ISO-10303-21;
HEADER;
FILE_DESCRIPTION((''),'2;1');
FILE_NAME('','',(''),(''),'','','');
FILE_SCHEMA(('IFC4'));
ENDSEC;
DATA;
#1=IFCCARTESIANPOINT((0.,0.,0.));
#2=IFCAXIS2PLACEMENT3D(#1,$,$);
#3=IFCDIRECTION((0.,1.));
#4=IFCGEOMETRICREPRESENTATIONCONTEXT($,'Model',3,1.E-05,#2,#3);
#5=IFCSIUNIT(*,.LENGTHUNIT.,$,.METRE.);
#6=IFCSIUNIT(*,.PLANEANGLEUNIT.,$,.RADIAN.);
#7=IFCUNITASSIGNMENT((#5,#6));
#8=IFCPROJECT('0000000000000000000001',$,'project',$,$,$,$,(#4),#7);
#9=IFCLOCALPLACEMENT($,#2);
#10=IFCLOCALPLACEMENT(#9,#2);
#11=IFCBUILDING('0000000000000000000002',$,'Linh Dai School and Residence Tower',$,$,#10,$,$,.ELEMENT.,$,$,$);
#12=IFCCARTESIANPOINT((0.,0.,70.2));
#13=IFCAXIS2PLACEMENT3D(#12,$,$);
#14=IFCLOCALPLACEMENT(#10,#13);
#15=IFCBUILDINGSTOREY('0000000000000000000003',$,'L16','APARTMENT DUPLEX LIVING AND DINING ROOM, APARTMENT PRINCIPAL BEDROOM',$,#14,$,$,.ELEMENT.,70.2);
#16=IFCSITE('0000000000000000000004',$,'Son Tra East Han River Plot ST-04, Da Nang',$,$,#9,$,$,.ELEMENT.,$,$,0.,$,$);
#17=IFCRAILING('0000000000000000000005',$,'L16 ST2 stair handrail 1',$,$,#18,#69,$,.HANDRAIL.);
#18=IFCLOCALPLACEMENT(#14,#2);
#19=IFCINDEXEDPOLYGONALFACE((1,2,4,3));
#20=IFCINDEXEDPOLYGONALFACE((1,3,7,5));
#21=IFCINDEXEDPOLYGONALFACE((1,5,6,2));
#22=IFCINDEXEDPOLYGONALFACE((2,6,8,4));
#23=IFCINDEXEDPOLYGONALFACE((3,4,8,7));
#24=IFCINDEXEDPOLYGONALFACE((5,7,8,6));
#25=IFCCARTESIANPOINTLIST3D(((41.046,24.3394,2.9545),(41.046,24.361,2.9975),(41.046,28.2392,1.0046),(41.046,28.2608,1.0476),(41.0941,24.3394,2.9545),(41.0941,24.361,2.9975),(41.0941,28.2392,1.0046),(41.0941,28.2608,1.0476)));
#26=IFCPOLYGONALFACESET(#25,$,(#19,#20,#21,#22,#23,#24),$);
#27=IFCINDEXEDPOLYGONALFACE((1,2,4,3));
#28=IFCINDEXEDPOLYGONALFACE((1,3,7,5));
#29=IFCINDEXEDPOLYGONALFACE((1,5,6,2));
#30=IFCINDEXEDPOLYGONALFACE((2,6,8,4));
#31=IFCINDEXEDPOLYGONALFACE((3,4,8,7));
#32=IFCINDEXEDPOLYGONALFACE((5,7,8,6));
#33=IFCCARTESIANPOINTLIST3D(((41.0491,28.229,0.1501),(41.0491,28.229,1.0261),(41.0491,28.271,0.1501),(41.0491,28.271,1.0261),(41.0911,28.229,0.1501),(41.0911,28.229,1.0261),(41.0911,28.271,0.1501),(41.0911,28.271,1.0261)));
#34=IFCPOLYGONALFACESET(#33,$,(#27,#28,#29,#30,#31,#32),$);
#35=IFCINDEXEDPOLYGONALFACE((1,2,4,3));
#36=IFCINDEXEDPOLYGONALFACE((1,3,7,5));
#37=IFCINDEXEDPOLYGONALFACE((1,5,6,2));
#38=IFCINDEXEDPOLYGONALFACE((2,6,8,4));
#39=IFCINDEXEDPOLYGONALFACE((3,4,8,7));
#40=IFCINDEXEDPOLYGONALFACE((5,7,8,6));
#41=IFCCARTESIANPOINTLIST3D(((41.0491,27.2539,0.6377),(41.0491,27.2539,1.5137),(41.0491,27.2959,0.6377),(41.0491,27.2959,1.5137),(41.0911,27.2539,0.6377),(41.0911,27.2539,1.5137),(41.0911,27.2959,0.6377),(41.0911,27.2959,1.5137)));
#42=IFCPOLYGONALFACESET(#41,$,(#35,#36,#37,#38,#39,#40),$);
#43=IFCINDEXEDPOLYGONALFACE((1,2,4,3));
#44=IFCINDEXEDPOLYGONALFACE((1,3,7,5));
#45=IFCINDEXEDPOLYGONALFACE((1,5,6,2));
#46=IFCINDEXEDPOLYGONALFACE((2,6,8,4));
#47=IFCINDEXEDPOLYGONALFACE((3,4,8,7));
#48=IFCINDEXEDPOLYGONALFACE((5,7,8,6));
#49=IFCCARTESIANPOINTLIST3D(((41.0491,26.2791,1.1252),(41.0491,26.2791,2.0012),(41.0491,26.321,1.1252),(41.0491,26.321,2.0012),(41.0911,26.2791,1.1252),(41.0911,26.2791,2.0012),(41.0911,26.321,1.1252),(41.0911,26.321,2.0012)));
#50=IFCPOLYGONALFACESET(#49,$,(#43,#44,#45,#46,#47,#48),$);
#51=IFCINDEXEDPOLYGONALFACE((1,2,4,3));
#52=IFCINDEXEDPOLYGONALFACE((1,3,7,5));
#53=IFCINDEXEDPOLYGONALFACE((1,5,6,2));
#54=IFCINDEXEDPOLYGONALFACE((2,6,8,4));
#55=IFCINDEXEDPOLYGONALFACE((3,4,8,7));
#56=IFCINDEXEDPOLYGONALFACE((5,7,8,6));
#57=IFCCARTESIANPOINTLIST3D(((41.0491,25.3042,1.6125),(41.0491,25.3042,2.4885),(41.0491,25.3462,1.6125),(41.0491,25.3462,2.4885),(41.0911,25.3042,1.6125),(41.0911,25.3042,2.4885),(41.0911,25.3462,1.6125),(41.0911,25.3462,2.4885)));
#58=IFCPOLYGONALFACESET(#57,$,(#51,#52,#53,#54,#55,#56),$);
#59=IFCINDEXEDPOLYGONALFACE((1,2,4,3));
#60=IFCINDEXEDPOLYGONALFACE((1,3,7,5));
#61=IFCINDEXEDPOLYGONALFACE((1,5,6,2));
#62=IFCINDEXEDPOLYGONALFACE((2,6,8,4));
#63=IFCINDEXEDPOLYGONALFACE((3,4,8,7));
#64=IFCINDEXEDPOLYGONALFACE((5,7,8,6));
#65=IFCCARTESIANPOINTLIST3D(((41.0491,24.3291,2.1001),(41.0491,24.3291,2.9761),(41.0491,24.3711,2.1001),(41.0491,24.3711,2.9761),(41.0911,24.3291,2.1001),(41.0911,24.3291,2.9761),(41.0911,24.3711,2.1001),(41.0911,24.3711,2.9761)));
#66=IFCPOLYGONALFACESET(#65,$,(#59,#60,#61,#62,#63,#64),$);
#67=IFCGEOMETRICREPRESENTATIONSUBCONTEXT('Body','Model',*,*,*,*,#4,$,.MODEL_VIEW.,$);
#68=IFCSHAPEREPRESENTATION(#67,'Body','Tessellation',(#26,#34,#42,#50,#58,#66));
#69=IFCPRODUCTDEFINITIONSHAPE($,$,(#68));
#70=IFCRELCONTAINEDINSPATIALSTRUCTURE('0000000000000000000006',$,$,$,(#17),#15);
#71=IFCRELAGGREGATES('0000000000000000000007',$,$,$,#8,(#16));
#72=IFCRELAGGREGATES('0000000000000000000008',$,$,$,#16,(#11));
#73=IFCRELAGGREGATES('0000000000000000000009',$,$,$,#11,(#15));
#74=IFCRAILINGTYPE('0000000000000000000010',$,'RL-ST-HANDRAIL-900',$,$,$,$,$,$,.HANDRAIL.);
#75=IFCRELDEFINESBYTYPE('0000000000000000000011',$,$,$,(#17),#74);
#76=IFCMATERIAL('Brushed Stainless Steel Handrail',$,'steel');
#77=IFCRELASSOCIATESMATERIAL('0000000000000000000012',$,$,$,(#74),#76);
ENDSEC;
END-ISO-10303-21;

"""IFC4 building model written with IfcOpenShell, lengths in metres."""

from ifc_helpers import new_model, si_unit, direction, frame, origin, origin_2d, place, context, subcontext, project, spatial, rectangle, extrude, source, transform, mapped, material, type_object, element, save


model = new_model("IFC4")

# Units and contexts
model_context = context("Model", 3, precision=1e-05, world=origin(), true_north=direction((0.0, 1.0)))
body_context = subcontext(model_context, "Body", "Model", "MODEL_VIEW")
ifc_project = project(units=[si_unit("LENGTHUNIT", "METRE"), si_unit("PLANEANGLEUNIT", "RADIAN")], contexts=[model_context])

# Site, building, storey
site_placement = place(None, origin())
site = spatial("IfcSite", under=ifc_project, at=site_placement, Name="Son Tra East Han River Plot ST-04, Da Nang", CompositionType="ELEMENT", RefElevation=0.0)
building_placement = place(site_placement, origin())
building = spatial("IfcBuilding", under=site, at=building_placement, Name="Linh Dai School and Residence Tower", CompositionType="ELEMENT")
storey_placement = place(building_placement, frame((0.0, 0.0, 70.2)))
storey = spatial("IfcBuildingStorey", under=building, at=storey_placement, Name="L16", Description="APARTMENT DUPLEX LIVING AND DINING ROOM, APARTMENT PRINCIPAL BEDROOM", CompositionType="ELEMENT", Elevation=70.2)

# Railing
ifc_material_1 = material(Name="Brushed Stainless Steel Handrail", Category="steel")
railing_type_1 = type_object("IfcRailingType", Name="RL-ST-HANDRAIL-900", PredefinedType="HANDRAIL", material=ifc_material_1)
shared_shape_1 = source(origin(), body_context, "Body", "SweptSolid", [
    extrude(rectangle(XDim=0.0481, YDim=0.0481, at=origin_2d()), frame((0.0, 0.0, 0.876), z_axis=(0.0, -0.894427, 0.447214), x_axis=(1.0, 0.0, 0.0)), (0.0, 0.0, 1.0), 4.3601),
    extrude(rectangle(XDim=0.042, YDim=0.042, at=origin_2d()), origin(), (0.0, 0.0, 1.0), 0.876),
    extrude(rectangle(XDim=0.042, YDim=0.042, at=origin_2d()), frame((0.0, -0.9751, 0.4875)), (0.0, 0.0, 1.0), 0.876),
    extrude(rectangle(XDim=0.042, YDim=0.042, at=origin_2d()), frame((0.0, -1.95, 0.9751)), (0.0, 0.0, 1.0), 0.876),
    extrude(rectangle(XDim=0.042, YDim=0.042, at=origin_2d()), frame((0.0, -2.9248, 1.4624)), (0.0, 0.0, 1.0), 0.876),
    extrude(rectangle(XDim=0.042, YDim=0.042, at=origin_2d()), frame((0.0, -3.8999, 1.95)), (0.0, 0.0, 1.0), 0.876),
])
railing_1_placement = place(storey_placement, frame((41.0701, 28.25, 0.1501)))
element("IfcRailing", 1, at=railing_1_placement, inside=storey, type_object=railing_type_1, Name="L16 ST2 stair handrail 1", PredefinedType="HANDRAIL", context=body_context, shape_type="MappedRepresentation", body=[
    mapped(shared_shape_1, transform((0.0, 0.0, 0.0), x_axis=(1.0, 0.0, 0.0), y_axis=(0.0, 1.0, 0.0), z_axis=(0.0, 0.0, 1.0), scale=1.0)),
])

save(model, "model.ifc")
